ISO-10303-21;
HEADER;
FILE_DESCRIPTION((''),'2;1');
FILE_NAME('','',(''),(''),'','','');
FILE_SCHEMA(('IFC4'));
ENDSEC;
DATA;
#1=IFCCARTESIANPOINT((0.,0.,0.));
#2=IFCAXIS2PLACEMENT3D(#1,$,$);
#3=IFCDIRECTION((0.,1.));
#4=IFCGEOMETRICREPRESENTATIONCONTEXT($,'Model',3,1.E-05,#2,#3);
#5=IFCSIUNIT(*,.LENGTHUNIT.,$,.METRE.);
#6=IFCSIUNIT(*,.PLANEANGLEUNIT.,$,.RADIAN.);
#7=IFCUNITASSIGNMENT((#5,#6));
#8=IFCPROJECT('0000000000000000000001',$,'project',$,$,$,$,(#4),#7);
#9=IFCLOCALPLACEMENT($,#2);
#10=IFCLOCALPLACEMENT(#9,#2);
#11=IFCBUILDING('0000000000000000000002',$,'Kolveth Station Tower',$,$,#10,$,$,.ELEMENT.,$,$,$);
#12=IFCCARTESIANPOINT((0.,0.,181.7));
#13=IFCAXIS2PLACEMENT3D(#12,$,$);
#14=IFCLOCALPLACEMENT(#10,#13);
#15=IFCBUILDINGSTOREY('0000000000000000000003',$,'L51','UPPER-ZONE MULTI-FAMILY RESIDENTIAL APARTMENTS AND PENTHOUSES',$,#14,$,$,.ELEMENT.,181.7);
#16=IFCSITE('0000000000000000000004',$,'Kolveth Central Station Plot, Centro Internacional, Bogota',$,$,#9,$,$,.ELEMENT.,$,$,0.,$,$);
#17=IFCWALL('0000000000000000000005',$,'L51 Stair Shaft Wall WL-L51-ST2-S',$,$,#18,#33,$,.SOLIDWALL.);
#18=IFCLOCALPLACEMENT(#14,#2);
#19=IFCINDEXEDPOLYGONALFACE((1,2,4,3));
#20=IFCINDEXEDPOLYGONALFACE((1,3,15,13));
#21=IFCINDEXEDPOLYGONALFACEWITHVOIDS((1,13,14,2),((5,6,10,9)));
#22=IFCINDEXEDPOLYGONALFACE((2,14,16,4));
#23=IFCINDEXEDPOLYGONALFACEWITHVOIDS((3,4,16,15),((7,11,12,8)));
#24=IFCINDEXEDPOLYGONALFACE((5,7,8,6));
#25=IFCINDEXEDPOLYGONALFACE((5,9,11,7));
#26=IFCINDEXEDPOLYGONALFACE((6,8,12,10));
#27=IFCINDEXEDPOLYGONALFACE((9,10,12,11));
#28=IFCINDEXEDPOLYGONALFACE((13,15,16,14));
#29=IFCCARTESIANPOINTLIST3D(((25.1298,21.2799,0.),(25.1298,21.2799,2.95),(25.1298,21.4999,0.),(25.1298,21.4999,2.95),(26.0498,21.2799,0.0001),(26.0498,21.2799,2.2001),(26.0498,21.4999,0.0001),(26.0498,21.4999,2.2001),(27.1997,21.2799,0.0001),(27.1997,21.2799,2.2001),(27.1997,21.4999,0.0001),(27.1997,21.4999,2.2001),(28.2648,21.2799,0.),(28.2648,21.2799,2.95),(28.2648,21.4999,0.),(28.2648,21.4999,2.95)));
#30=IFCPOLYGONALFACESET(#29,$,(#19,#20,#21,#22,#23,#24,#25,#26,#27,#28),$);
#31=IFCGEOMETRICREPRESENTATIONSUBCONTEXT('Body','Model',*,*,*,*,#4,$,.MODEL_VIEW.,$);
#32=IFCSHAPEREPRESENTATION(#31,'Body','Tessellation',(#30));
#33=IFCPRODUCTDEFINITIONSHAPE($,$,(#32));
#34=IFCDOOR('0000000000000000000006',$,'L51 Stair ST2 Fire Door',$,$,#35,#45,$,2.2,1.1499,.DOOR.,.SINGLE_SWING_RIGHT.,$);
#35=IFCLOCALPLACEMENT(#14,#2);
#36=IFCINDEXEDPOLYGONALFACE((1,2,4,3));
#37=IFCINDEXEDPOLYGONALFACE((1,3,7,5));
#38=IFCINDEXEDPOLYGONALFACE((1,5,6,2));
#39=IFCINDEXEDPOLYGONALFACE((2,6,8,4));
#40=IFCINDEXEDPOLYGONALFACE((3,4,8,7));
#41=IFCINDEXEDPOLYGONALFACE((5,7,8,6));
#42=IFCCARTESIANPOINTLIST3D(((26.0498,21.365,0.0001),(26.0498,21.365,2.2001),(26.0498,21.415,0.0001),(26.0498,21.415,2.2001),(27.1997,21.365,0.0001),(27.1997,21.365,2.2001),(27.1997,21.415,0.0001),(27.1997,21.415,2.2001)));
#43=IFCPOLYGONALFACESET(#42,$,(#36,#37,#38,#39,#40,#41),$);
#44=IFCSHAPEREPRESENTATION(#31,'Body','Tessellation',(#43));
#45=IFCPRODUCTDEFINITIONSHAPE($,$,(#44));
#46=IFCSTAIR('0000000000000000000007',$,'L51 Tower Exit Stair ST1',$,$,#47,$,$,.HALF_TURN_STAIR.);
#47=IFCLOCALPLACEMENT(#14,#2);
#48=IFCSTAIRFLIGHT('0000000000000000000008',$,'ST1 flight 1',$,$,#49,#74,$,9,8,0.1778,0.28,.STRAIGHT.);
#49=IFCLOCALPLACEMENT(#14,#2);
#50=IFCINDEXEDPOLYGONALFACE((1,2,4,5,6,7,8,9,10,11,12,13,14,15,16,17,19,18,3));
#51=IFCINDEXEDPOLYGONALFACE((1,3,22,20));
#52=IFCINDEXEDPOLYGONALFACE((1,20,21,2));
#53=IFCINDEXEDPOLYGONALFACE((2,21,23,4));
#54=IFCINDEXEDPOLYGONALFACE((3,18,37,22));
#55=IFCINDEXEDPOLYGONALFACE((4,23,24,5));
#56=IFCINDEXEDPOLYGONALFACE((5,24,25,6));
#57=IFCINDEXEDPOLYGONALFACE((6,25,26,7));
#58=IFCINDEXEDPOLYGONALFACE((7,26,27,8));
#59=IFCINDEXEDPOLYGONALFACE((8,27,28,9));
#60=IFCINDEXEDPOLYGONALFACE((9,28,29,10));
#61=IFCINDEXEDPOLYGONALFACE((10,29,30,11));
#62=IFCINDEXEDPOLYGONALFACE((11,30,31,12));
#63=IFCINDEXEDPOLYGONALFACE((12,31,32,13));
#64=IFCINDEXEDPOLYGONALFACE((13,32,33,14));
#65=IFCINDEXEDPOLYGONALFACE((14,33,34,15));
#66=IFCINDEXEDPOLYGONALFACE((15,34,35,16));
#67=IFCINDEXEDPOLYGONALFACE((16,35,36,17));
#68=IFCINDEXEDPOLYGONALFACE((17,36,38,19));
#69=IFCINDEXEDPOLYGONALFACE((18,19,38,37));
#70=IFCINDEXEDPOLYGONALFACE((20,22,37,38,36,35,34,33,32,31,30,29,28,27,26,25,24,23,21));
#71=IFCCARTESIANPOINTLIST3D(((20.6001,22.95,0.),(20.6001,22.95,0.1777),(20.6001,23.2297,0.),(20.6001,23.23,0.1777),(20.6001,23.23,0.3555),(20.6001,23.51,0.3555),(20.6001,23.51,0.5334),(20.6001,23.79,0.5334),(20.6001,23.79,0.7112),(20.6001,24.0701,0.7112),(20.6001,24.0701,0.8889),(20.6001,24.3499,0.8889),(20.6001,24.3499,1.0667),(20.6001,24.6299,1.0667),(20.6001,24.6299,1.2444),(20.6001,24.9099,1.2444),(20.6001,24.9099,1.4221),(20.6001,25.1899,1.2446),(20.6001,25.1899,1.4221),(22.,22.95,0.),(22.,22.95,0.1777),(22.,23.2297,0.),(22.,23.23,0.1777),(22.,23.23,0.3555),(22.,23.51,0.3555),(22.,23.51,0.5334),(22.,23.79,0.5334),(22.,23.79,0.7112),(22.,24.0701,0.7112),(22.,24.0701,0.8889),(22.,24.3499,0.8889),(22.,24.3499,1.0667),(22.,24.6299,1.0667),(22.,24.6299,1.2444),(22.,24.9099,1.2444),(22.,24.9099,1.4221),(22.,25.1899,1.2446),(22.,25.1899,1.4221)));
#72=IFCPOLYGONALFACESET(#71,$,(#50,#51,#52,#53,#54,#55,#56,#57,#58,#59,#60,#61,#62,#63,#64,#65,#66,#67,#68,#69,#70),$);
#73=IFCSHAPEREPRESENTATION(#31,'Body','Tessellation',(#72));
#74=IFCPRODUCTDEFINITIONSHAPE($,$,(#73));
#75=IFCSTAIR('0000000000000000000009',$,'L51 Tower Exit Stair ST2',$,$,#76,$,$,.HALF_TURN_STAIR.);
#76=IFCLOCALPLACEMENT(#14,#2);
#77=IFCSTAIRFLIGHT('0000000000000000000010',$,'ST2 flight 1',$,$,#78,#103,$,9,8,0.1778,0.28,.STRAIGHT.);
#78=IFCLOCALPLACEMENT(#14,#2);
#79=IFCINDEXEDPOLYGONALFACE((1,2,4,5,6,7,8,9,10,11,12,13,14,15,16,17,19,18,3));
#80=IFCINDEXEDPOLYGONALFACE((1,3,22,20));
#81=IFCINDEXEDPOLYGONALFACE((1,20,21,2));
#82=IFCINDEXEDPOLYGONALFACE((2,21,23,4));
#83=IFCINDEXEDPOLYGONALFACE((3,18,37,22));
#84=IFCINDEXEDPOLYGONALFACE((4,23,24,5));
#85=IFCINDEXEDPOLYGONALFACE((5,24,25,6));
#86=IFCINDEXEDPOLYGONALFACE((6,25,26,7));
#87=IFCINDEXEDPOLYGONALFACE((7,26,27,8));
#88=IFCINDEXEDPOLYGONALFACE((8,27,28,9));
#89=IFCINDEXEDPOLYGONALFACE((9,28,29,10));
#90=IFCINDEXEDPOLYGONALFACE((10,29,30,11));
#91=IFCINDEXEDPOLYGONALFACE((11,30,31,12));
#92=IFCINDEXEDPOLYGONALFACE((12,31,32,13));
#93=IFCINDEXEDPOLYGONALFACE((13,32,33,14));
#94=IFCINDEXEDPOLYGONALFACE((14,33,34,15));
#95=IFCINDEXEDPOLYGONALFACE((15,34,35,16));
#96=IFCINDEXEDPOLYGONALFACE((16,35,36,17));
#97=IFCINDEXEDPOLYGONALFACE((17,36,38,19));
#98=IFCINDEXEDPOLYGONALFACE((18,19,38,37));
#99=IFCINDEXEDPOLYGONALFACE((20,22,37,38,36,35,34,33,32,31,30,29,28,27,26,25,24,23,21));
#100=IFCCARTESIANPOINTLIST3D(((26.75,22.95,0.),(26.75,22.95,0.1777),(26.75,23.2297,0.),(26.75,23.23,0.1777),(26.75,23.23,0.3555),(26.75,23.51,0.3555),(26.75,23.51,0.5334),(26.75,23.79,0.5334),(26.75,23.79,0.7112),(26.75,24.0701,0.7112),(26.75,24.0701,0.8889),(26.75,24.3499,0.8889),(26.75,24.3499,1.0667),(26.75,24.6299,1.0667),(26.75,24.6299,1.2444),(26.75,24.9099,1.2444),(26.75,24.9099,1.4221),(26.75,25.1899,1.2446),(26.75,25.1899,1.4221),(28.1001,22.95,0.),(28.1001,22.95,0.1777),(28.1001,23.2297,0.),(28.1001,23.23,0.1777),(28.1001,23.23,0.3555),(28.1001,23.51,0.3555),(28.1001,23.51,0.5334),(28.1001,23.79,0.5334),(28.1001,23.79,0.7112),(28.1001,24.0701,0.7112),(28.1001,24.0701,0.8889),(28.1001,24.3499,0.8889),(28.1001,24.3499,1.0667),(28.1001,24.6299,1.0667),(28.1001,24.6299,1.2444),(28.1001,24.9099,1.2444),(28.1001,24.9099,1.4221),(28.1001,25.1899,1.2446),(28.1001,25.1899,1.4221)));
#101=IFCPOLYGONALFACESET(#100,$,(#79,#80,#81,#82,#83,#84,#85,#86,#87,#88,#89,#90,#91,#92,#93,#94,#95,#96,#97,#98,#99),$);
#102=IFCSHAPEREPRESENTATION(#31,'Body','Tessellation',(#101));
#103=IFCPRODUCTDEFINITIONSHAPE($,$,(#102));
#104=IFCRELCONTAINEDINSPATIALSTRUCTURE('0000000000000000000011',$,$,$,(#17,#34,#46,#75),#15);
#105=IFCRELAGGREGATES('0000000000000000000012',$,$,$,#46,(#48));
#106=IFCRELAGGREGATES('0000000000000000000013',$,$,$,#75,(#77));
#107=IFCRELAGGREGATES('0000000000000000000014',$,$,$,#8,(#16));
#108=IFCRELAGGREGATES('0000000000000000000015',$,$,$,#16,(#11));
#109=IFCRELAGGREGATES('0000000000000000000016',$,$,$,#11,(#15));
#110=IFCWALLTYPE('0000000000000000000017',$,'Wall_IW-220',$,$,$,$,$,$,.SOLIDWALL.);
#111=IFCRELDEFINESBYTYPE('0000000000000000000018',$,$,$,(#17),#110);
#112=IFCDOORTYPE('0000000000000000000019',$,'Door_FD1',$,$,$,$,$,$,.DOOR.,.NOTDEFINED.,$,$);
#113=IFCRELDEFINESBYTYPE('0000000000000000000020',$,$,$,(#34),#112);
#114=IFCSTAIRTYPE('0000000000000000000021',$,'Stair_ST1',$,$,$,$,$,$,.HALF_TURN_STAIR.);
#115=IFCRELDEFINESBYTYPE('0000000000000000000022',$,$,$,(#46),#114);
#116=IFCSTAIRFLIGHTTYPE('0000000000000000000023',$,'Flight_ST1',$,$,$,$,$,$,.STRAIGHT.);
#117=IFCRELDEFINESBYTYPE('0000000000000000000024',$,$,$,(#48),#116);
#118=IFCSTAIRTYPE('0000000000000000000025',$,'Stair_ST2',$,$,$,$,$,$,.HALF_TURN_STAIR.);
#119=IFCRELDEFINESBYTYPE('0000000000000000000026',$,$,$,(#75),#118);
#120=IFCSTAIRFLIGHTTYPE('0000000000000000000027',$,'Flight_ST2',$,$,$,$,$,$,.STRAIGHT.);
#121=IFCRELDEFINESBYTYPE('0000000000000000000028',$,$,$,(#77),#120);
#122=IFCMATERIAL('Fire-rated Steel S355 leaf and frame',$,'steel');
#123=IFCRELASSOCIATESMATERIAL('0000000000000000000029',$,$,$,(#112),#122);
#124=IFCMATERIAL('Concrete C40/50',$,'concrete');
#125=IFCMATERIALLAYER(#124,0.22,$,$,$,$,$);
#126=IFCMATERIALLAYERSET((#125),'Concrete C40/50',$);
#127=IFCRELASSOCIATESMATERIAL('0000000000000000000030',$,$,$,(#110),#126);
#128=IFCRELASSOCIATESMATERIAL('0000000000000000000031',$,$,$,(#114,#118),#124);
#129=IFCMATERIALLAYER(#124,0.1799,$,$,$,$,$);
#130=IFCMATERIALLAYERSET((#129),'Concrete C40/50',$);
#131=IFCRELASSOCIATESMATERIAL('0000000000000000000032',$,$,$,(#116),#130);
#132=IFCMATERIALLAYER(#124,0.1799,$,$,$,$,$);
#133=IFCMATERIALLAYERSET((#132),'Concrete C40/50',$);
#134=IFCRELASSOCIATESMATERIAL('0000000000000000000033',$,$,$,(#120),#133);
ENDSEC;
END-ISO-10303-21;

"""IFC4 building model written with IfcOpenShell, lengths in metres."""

from ifc_helpers import new_model, si_unit, direction, frame, frame_2d, origin, place, context, subcontext, project, spatial, polyline, rectangle, outline, extrude, material, layer, layer_set, type_object, element, fill, aggregate, save


model = new_model("IFC4")

# Units and contexts
model_context = context("Model", 3, precision=1e-05, world=origin(), true_north=direction((0.0, 1.0)))
body_context = subcontext(model_context, "Body", "Model", "MODEL_VIEW")
ifc_project = project(units=[si_unit("LENGTHUNIT", "METRE"), si_unit("PLANEANGLEUNIT", "RADIAN")], contexts=[model_context])

# Site, building, storey
site_placement = place(None, origin())
site = spatial("IfcSite", under=ifc_project, at=site_placement, Name="Kolveth Central Station Plot, Centro Internacional, Bogota", CompositionType="ELEMENT", RefElevation=0.0)
building_placement = place(site_placement, origin())
building = spatial("IfcBuilding", under=site, at=building_placement, Name="Kolveth Station Tower", CompositionType="ELEMENT")
storey_placement = place(building_placement, frame((0.0, 0.0, 181.7)))
storey = spatial("IfcBuildingStorey", under=building, at=storey_placement, Name="L51", Description="UPPER-ZONE MULTI-FAMILY RESIDENTIAL APARTMENTS AND PENTHOUSES", CompositionType="ELEMENT", Elevation=181.7)

# Shared definitions
ifc_material_1 = material(Name="Fire-rated Steel S355 leaf and frame", Category="steel")
door_type_1 = type_object("IfcDoorType", Name="Door_FD1", OperationType="NOTDEFINED", PredefinedType="DOOR", material=ifc_material_1)

# Shared definitions
ifc_material_2 = material(Name="Concrete C40/50", Category="concrete")
ifc_layer_1 = layer(ifc_material_2, 0.22)
ifc_layer_set_1 = layer_set([ifc_layer_1], Name="Concrete C40/50")
wall_type_1 = type_object("IfcWallType", Name="Wall_IW-220", PredefinedType="SOLIDWALL", material=ifc_layer_set_1)

# Wall, opening, door
wall_1_placement = place(storey_placement, frame((25.1299, 21.3899, 0.0), z_axis=(0.0, 0.0, 1.0), x_axis=(1.0, 0.0, 0.0)))
wall_1 = element("IfcWall", 1, at=wall_1_placement, inside=storey, type_object=wall_type_1, Name="L51 Stair Shaft Wall WL-L51-ST2-S", PredefinedType="SOLIDWALL", context=body_context, shape_type="SweptSolid", body=[
    extrude(rectangle(XDim=3.135, YDim=0.22, at=frame_2d((1.5674, 0.0))), origin(), (0.0, 0.0, 1.0), 2.95),
])
opening_1_placement = place(wall_1_placement, frame((0.9199, 0.0, 0.0)))
opening_1 = element("IfcOpeningElement", 2, at=opening_1_placement, cuts=wall_1, PredefinedType="OPENING", context=body_context, shape_type="SweptSolid", body=[
    extrude(rectangle(XDim=1.1499, YDim=2.2, at=frame_2d((0.575, 1.1001))), frame((0.0, 0.1199, 0.0), z_axis=(0.0, -1.0, 0.0), x_axis=(1.0, 0.0, 0.0)), (0.0, 0.0, 1.0), 0.24),
])
door_1_placement = place(opening_1_placement, frame((1.1499, 0.0, 0.0), z_axis=(0.0, 0.0, 1.0), x_axis=(-1.0, 0.0, 0.0)))
door_1 = element("IfcDoor", 3, at=door_1_placement, inside=storey, type_object=door_type_1, Name="L51 Stair ST2 Fire Door", OperationType="SINGLE_SWING_RIGHT", OverallHeight=2.2, OverallWidth=1.1499, PredefinedType="DOOR", context=body_context, shape_type="SweptSolid", body=[
    extrude(rectangle(XDim=1.1499, YDim=2.2, at=frame_2d((0.575, 1.1001))), frame((0.0, 0.0249, 0.0), z_axis=(0.0, -1.0, 0.0), x_axis=(1.0, 0.0, 0.0)), (0.0, 0.0, 1.0), 0.05),
])
fill(opening_1, door_1)

# Stairs, stair flights
stair_type_1 = type_object("IfcStairType", Name="Stair_ST1", PredefinedType="HALF_TURN_STAIR", material=ifc_material_2)
stair_1_placement = place(storey_placement, origin())
stair_1 = element("IfcStair", 4, at=stair_1_placement, inside=storey, type_object=stair_type_1, Name="L51 Tower Exit Stair ST1", PredefinedType="HALF_TURN_STAIR")
ifc_layer_2 = layer(ifc_material_2, 0.1799)
ifc_layer_set_2 = layer_set([ifc_layer_2], Name="Concrete C40/50")
stair_flight_type_1 = type_object("IfcStairFlightType", Name="Flight_ST1", PredefinedType="STRAIGHT", material=ifc_layer_set_2)
stair_flight_1_placement = place(storey_placement, frame((21.3, 22.95, 0.0), z_axis=(0.0, 0.0, 1.0), x_axis=(0.0, 1.0, 0.0)))
stair_flight_1 = element("IfcStairFlight", 5, at=stair_flight_1_placement, type_object=stair_flight_type_1, Name="ST1 flight 1", NumberOfRisers=9, NumberOfTreads=8, PredefinedType="STRAIGHT", RiserHeight=0.1778, TreadLength=0.28, context=body_context, shape_type="SweptSolid", body=[
    extrude(outline(polyline([(0.0, 0.0), (0.0, 0.1777), (0.28, 0.1777), (0.28, 0.3555), (0.5601, 0.3555), (0.5601, 0.5334), (0.8401, 0.5334), (0.8401, 0.7112), (1.1201, 0.7112), (1.1201, 0.8889), (1.3999, 0.8889), (1.3999, 1.0667), (1.6799, 1.0667), (1.6799, 1.2444), (1.96, 1.2444), (1.96, 1.4221), (2.24, 1.4221), (2.24, 1.6001), (2.24, 1.2446), (0.2798, 0.0), (0.0, 0.0)])), frame((0.0, 0.7, 0.0), z_axis=(0.0, -1.0, 0.0), x_axis=(1.0, 0.0, 0.0)), (0.0, 0.0, 1.0), 1.3999),
])
aggregate(stair_1, [stair_flight_1])
stair_type_2 = type_object("IfcStairType", Name="Stair_ST2", PredefinedType="HALF_TURN_STAIR", material=ifc_material_2)
stair_2_placement = place(storey_placement, origin())
stair_2 = element("IfcStair", 6, at=stair_2_placement, inside=storey, type_object=stair_type_2, Name="L51 Tower Exit Stair ST2", PredefinedType="HALF_TURN_STAIR")
ifc_layer_3 = layer(ifc_material_2, 0.1799)
ifc_layer_set_3 = layer_set([ifc_layer_3], Name="Concrete C40/50")
stair_flight_type_2 = type_object("IfcStairFlightType", Name="Flight_ST2", PredefinedType="STRAIGHT", material=ifc_layer_set_3)
stair_flight_2_placement = place(storey_placement, frame((27.425, 22.95, 0.0), z_axis=(0.0, 0.0, 1.0), x_axis=(0.0, 1.0, 0.0)))
stair_flight_2 = element("IfcStairFlight", 7, at=stair_flight_2_placement, type_object=stair_flight_type_2, Name="ST2 flight 1", NumberOfRisers=9, NumberOfTreads=8, PredefinedType="STRAIGHT", RiserHeight=0.1778, TreadLength=0.28, context=body_context, shape_type="SweptSolid", body=[
    extrude(outline(polyline([(0.0, 0.0), (0.0, 0.1777), (0.28, 0.1777), (0.28, 0.3555), (0.5601, 0.3555), (0.5601, 0.5334), (0.8401, 0.5334), (0.8401, 0.7112), (1.1201, 0.7112), (1.1201, 0.8889), (1.3999, 0.8889), (1.3999, 1.0667), (1.6799, 1.0667), (1.6799, 1.2444), (1.96, 1.2444), (1.96, 1.4221), (2.24, 1.4221), (2.24, 1.6001), (2.24, 1.2446), (0.2798, 0.0), (0.0, 0.0)])), frame((0.0, 0.675, 0.0), z_axis=(0.0, -1.0, 0.0), x_axis=(1.0, 0.0, 0.0)), (0.0, 0.0, 1.0), 1.3501),
])
aggregate(stair_2, [stair_flight_2])

save(model, "model.ifc")
